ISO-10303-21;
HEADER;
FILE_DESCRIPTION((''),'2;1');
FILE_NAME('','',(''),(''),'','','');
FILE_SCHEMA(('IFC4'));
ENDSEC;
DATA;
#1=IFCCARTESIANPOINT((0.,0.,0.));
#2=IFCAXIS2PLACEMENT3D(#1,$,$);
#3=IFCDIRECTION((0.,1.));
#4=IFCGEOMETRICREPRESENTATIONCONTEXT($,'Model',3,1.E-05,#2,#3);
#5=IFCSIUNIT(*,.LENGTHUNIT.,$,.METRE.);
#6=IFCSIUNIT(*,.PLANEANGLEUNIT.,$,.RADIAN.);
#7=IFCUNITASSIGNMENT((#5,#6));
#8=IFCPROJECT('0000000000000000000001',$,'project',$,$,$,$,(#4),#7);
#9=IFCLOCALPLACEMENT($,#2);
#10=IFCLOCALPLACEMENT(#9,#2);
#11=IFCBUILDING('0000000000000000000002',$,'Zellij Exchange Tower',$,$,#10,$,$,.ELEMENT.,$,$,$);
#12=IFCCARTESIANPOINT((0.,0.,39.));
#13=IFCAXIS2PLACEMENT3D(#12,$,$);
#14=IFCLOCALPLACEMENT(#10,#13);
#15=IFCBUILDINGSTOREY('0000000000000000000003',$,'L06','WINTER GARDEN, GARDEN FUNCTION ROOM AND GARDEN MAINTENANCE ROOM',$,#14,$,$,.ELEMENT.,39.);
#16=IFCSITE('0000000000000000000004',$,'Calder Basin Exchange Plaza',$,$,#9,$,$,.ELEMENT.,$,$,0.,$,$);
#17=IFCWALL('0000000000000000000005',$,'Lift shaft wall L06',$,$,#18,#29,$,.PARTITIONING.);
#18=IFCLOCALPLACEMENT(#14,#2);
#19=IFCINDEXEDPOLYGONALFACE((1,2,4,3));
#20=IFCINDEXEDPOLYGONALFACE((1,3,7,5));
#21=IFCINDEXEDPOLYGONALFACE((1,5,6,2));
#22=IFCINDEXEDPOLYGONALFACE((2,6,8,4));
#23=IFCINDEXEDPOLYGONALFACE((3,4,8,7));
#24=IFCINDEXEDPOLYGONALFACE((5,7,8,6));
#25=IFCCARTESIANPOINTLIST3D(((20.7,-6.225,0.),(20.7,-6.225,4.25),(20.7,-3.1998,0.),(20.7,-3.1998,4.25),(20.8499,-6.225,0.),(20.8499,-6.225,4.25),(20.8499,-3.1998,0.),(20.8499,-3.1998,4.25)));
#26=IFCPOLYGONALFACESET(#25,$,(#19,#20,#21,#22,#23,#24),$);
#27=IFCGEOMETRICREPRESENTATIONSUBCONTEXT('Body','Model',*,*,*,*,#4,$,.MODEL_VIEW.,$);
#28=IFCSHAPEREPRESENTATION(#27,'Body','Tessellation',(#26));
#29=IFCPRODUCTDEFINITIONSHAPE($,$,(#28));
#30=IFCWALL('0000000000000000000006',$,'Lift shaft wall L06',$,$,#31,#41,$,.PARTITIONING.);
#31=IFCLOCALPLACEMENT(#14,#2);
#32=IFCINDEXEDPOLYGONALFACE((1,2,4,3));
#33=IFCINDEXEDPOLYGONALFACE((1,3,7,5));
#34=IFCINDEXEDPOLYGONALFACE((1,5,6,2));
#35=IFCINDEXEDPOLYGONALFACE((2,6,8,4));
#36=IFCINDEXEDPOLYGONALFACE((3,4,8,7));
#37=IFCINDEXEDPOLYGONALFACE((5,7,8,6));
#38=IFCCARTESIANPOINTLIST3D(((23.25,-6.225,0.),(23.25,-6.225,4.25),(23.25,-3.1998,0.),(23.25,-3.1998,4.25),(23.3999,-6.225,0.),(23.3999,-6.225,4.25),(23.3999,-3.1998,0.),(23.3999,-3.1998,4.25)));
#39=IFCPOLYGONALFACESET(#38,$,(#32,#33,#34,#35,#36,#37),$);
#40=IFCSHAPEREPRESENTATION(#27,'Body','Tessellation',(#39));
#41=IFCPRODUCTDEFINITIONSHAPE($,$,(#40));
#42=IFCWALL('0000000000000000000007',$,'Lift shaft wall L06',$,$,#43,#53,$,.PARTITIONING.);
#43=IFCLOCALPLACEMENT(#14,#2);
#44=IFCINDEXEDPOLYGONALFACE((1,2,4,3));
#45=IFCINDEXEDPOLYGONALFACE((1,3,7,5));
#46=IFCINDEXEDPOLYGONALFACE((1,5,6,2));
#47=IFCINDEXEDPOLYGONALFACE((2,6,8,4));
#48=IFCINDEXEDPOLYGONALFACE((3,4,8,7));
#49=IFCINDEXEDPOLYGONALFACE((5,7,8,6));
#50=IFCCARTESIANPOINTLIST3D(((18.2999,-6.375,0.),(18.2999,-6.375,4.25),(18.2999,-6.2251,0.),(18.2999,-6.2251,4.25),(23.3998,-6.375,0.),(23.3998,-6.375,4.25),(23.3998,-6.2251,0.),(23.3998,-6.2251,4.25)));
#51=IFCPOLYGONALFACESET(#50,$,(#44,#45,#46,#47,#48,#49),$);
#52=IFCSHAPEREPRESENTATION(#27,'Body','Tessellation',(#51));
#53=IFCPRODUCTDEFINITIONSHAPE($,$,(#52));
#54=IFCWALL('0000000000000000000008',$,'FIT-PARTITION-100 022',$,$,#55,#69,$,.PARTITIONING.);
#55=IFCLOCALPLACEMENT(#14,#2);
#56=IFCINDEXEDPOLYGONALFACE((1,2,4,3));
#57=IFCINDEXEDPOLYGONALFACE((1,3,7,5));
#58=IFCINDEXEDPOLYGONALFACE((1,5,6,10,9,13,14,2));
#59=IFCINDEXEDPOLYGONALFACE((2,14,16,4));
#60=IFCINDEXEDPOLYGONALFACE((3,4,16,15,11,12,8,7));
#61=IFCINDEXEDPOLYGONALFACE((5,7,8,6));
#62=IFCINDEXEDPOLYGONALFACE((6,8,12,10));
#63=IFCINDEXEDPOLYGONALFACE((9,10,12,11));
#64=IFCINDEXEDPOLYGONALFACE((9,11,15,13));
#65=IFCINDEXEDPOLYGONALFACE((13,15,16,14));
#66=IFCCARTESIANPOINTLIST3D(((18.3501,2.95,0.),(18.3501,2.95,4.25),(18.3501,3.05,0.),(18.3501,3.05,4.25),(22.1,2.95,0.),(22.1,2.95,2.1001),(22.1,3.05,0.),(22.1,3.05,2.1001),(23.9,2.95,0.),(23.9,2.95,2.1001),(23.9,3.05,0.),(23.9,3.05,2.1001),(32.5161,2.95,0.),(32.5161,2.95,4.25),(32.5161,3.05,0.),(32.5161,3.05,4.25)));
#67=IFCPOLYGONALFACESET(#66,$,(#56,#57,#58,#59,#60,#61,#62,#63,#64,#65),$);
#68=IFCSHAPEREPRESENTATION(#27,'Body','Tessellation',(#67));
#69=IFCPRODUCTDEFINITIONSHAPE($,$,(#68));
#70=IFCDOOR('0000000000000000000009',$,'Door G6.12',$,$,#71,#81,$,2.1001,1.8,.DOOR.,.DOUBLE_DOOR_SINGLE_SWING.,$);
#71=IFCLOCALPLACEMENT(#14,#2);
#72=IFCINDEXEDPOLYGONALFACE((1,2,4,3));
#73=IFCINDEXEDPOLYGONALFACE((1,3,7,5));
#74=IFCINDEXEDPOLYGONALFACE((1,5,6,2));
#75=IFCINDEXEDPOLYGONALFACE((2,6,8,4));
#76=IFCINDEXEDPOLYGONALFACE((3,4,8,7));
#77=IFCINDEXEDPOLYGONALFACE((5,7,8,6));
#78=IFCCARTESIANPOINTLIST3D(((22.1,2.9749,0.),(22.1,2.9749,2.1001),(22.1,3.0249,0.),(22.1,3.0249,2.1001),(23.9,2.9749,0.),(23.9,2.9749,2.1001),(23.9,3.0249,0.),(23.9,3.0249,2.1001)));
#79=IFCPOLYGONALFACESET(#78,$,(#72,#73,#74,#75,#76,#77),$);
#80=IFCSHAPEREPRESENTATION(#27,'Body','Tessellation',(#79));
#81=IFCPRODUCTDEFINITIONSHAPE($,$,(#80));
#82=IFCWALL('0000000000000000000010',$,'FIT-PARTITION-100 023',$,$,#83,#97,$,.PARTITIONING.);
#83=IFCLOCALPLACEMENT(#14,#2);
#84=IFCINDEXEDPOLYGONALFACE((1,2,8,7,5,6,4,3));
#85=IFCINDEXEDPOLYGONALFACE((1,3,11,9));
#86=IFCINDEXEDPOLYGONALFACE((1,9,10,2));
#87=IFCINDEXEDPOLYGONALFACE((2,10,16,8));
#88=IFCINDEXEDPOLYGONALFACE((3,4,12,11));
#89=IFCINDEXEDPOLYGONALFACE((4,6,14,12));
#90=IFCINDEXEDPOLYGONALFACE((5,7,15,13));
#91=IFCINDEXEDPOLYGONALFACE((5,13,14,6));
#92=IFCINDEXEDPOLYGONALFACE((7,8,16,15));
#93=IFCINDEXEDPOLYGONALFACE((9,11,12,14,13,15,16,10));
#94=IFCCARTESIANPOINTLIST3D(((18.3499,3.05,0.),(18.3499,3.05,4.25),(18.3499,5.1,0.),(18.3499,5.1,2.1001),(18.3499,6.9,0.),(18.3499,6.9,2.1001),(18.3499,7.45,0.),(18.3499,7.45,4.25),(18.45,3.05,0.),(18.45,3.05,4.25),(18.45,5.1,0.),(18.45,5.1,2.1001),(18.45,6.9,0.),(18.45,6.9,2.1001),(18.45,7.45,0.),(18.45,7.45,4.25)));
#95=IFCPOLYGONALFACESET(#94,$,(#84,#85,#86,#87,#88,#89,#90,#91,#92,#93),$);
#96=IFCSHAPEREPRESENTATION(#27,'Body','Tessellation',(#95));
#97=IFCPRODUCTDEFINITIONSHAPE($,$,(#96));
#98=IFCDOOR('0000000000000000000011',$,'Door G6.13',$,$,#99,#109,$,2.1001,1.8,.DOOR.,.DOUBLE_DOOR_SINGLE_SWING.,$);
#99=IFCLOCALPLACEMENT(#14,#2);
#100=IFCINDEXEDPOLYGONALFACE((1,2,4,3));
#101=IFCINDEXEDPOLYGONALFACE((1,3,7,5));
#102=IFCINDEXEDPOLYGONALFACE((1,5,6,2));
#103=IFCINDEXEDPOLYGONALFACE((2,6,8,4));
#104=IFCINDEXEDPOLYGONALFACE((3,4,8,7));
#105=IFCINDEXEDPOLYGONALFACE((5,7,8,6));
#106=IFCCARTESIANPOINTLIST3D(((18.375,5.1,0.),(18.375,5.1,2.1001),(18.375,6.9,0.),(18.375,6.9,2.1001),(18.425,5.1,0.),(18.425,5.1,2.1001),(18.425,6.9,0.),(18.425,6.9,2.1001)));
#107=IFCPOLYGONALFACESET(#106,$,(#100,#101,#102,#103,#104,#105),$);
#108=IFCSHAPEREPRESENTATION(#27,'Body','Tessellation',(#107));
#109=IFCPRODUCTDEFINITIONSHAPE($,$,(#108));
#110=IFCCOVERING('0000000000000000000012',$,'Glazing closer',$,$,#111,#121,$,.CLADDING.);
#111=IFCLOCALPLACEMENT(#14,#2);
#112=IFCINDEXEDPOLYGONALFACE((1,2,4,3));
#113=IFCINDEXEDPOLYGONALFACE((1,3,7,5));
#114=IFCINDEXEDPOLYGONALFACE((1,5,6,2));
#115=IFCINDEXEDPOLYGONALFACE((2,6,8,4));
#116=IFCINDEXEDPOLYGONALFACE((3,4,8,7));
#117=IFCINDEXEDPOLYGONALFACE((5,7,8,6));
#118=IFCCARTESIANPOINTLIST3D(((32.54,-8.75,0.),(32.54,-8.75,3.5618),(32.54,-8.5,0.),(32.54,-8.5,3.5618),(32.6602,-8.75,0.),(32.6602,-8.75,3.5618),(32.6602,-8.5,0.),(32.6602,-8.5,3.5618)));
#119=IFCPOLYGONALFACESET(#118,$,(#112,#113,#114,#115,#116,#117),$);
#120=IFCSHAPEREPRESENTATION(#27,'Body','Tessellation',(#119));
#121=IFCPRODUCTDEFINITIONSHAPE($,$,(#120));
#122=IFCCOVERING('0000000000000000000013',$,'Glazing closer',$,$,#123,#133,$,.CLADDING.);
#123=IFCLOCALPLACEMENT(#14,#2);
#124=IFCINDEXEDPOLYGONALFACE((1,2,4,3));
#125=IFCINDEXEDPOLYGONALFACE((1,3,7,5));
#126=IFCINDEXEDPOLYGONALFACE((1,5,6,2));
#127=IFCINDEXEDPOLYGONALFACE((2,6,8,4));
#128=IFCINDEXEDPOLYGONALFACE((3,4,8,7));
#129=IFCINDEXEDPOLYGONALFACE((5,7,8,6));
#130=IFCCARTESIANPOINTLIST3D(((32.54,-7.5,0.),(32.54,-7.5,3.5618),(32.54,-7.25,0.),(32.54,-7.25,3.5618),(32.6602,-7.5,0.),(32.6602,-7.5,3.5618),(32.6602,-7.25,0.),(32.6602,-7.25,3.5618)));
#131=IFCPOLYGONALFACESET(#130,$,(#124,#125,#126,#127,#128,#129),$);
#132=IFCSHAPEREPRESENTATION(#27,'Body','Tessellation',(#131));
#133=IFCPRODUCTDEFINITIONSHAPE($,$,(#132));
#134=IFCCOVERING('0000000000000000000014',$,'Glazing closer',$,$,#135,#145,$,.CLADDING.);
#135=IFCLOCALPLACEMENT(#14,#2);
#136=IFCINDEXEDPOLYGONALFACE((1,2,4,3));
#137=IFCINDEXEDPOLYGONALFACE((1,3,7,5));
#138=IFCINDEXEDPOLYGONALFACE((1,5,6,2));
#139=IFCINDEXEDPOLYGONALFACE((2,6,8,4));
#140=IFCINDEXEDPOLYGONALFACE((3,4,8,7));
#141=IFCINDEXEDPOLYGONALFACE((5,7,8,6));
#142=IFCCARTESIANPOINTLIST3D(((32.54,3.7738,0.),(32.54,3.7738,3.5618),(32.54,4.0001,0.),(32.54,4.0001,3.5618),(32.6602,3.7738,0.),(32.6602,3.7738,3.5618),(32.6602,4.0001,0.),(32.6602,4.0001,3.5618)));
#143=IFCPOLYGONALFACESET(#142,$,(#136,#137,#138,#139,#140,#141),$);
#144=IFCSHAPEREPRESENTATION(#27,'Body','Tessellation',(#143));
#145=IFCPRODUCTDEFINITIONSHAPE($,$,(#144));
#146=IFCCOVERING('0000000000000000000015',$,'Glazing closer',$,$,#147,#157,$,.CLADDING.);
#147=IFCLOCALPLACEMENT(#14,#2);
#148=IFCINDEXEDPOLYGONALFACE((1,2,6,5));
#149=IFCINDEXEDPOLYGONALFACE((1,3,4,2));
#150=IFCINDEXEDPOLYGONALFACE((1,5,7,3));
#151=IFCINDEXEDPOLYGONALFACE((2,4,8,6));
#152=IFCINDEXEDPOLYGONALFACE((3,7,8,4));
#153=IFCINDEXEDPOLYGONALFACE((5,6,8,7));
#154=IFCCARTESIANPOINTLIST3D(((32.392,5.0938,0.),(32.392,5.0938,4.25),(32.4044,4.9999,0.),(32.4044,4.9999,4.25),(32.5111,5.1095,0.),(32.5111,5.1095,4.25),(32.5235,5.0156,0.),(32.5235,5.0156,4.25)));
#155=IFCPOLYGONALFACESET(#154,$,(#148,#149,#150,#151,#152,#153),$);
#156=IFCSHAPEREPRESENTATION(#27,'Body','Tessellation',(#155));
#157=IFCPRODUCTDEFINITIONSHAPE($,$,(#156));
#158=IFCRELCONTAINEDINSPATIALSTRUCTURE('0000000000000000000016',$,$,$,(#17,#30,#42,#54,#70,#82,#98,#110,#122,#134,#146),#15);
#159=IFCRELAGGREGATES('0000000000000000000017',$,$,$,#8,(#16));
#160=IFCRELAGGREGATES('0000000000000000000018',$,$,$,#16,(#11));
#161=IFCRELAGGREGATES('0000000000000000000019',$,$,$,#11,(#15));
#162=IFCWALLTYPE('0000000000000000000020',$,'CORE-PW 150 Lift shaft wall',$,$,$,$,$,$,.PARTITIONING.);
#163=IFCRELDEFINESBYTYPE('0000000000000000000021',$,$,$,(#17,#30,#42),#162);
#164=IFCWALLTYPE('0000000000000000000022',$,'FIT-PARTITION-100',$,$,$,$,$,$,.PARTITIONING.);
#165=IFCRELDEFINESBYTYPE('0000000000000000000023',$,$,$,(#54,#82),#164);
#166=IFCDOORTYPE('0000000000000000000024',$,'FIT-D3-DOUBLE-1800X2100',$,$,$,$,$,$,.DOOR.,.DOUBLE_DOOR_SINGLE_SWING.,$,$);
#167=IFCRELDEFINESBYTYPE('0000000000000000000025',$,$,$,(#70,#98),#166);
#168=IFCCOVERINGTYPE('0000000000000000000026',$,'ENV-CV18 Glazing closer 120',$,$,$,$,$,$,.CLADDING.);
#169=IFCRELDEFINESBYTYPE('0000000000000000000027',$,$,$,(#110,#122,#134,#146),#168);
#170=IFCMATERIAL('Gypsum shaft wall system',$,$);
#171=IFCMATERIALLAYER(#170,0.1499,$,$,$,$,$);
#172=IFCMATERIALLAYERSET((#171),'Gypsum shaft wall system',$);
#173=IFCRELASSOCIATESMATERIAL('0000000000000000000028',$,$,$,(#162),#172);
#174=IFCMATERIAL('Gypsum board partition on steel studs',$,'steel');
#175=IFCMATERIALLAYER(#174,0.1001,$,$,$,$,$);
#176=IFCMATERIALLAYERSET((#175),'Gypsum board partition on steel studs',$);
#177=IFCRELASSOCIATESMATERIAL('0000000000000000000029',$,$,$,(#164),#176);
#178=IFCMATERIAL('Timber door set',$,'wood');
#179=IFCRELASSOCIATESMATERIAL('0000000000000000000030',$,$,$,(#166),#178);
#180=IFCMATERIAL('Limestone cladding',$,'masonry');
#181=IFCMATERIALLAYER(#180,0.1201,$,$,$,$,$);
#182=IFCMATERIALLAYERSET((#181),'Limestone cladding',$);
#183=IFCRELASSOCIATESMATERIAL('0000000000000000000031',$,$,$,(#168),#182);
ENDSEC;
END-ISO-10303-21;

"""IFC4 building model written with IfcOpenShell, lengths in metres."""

from ifc_helpers import new_model, si_unit, direction, frame, frame_2d, origin, origin_2d, place, context, subcontext, project, spatial, rectangle, extrude, material, layer, layer_set, type_object, element, fill, save


model = new_model("IFC4")

# Units and contexts
model_context = context("Model", 3, precision=1e-05, world=origin(), true_north=direction((0.0, 1.0)))
body_context = subcontext(model_context, "Body", "Model", "MODEL_VIEW")
ifc_project = project(units=[si_unit("LENGTHUNIT", "METRE"), si_unit("PLANEANGLEUNIT", "RADIAN")], contexts=[model_context])

# Site, building, storey
site_placement = place(None, origin())
site = spatial("IfcSite", under=ifc_project, at=site_placement, Name="Calder Basin Exchange Plaza", CompositionType="ELEMENT", RefElevation=0.0)
building_placement = place(site_placement, origin())
building = spatial("IfcBuilding", under=site, at=building_placement, Name="Zellij Exchange Tower", CompositionType="ELEMENT")
storey_placement = place(building_placement, frame((0.0, 0.0, 39.0)))
storey = spatial("IfcBuildingStorey", under=building, at=storey_placement, Name="L06", Description="WINTER GARDEN, GARDEN FUNCTION ROOM AND GARDEN MAINTENANCE ROOM", CompositionType="ELEMENT", Elevation=39.0)

# Walls
ifc_material_1 = material(Name="Gypsum shaft wall system")
ifc_layer_1 = layer(ifc_material_1, 0.1499)
ifc_layer_set_1 = layer_set([ifc_layer_1], Name="Gypsum shaft wall system")
wall_type_1 = type_object("IfcWallType", Name="CORE-PW 150 Lift shaft wall", PredefinedType="PARTITIONING", material=ifc_layer_set_1)
for number, where, z_axis, x_axis, name in (
    (1, (20.7749, -6.2251, 0.0), (0.0, 0.0, 1.0), (0.0, 1.0, 0.0), "Lift shaft wall L06"),
    (2, (23.325, -6.2251, 0.0), (0.0, 0.0, 1.0), (0.0, 1.0, 0.0), "Lift shaft wall L06"),
):
    element("IfcWall", number, at=place(storey_placement, frame(where, z_axis=z_axis, x_axis=x_axis)), inside=storey, type_object=wall_type_1, Name=name, PredefinedType="PARTITIONING", context=body_context, shape_type="SweptSolid", body=[
        extrude(rectangle(XDim=3.0251, YDim=0.1499, at=frame_2d((1.5127, 0.0))), origin(), (0.0, 0.0, 1.0), 4.25),
    ])
wall_1_placement = place(storey_placement, frame((18.3, -6.3, 0.0), z_axis=(0.0, 0.0, 1.0), x_axis=(1.0, 0.0, 0.0)))
element("IfcWall", 3, at=wall_1_placement, inside=storey, type_object=wall_type_1, Name="Lift shaft wall L06", PredefinedType="PARTITIONING", context=body_context, shape_type="SweptSolid", body=[
    extrude(rectangle(XDim=5.0999, YDim=0.1499, at=frame_2d((2.5498, 0.0))), origin(), (0.0, 0.0, 1.0), 4.25),
])

# Walls, openings, doors
ifc_material_2 = material(Name="Gypsum board partition on steel studs", Category="steel")
ifc_layer_2 = layer(ifc_material_2, 0.1001)
ifc_layer_set_2 = layer_set([ifc_layer_2], Name="Gypsum board partition on steel studs")
wall_type_2 = type_object("IfcWallType", Name="FIT-PARTITION-100", PredefinedType="PARTITIONING", material=ifc_layer_set_2)
wall_2_placement = place(storey_placement, frame((18.3501, 3.0, 0.0), z_axis=(0.0, 0.0, 1.0), x_axis=(1.0, 0.0, 0.0)))
wall_2 = element("IfcWall", 4, at=wall_2_placement, inside=storey, type_object=wall_type_2, Name="FIT-PARTITION-100 022", PredefinedType="PARTITIONING", context=body_context, shape_type="SweptSolid", body=[
    extrude(rectangle(XDim=14.166, YDim=0.1001, at=frame_2d((7.083, 0.0))), origin(), (0.0, 0.0, 1.0), 4.25),
])
opening_1_placement = place(wall_2_placement, frame((3.75, 0.0, 0.0)))
opening_1 = element("IfcOpeningElement", 5, at=opening_1_placement, cuts=wall_2, PredefinedType="OPENING", context=body_context, shape_type="SweptSolid", body=[
    extrude(rectangle(XDim=1.8, YDim=2.1001, at=frame_2d((0.8999, 1.05))), frame((0.0, 0.062, 0.0), z_axis=(0.0, -1.0, 0.0), x_axis=(1.0, 0.0, 0.0)), (0.0, 0.0, 1.0), 0.124),
])
ifc_material_3 = material(Name="Timber door set", Category="wood")
door_type = type_object("IfcDoorType", Name="FIT-D3-DOUBLE-1800X2100", OperationType="DOUBLE_DOOR_SINGLE_SWING", PredefinedType="DOOR", material=ifc_material_3)
door_1_placement = place(opening_1_placement, origin())
door_1 = element("IfcDoor", 6, at=door_1_placement, inside=storey, type_object=door_type, Name="Door G6.12", OperationType="DOUBLE_DOOR_SINGLE_SWING", OverallHeight=2.1001, OverallWidth=1.8, PredefinedType="DOOR", context=body_context, shape_type="SweptSolid", body=[
    extrude(rectangle(XDim=1.8, YDim=2.1001, at=frame_2d((0.8999, 1.05))), frame((0.0, 0.0249, 0.0), z_axis=(0.0, -1.0, 0.0), x_axis=(1.0, 0.0, 0.0)), (0.0, 0.0, 1.0), 0.05),
])
fill(opening_1, door_1)
wall_3_placement = place(storey_placement, frame((18.3999, 3.05, 0.0), z_axis=(0.0, 0.0, 1.0), x_axis=(0.0, 1.0, 0.0)))
wall_3 = element("IfcWall", 7, at=wall_3_placement, inside=storey, type_object=wall_type_2, Name="FIT-PARTITION-100 023", PredefinedType="PARTITIONING", context=body_context, shape_type="SweptSolid", body=[
    extrude(rectangle(XDim=4.3999, YDim=0.1001, at=frame_2d((2.2, 0.0))), origin(), (0.0, 0.0, 1.0), 4.25),
])
opening_2_placement = place(wall_3_placement, frame((2.05, 0.0, 0.0)))
opening_2 = element("IfcOpeningElement", 8, at=opening_2_placement, cuts=wall_3, PredefinedType="OPENING", context=body_context, shape_type="SweptSolid", body=[
    extrude(rectangle(XDim=1.8, YDim=2.1001, at=frame_2d((0.8999, 1.05))), frame((0.0, 0.062, 0.0), z_axis=(0.0, -1.0, 0.0), x_axis=(1.0, 0.0, 0.0)), (0.0, 0.0, 1.0), 0.124),
])
door_2_placement = place(opening_2_placement, origin())
door_2 = element("IfcDoor", 9, at=door_2_placement, inside=storey, type_object=door_type, Name="Door G6.13", OperationType="DOUBLE_DOOR_SINGLE_SWING", OverallHeight=2.1001, OverallWidth=1.8, PredefinedType="DOOR", context=body_context, shape_type="SweptSolid", body=[
    extrude(rectangle(XDim=1.8, YDim=2.1001, at=frame_2d((0.8999, 1.05))), frame((0.0, 0.0249, 0.0), z_axis=(0.0, -1.0, 0.0), x_axis=(1.0, 0.0, 0.0)), (0.0, 0.0, 1.0), 0.05),
])
fill(opening_2, door_2)

# Coverings
ifc_material_4 = material(Name="Limestone cladding", Category="masonry")
ifc_layer_3 = layer(ifc_material_4, 0.1201)
ifc_layer_set_3 = layer_set([ifc_layer_3], Name="Limestone cladding")
covering_type = type_object("IfcCoveringType", Name="ENV-CV18 Glazing closer 120", PredefinedType="CLADDING", material=ifc_layer_set_3)
for number, where, z_axis, x_axis, name in (
    (10, (32.6001, -8.625, 0.0), (0.0, 0.0, 1.0), (0.0, 1.0, 0.0), "Glazing closer"),
    (11, (32.6001, -7.375, 0.0), (0.0, 0.0, 1.0), (0.0, -1.0, 0.0), "Glazing closer"),
):
    element("IfcCovering", number, at=place(storey_placement, frame(where, z_axis=z_axis, x_axis=x_axis)), inside=storey, type_object=covering_type, Name=name, PredefinedType="CLADDING", context=body_context, shape_type="SweptSolid", body=[
        extrude(rectangle(XDim=0.25, YDim=0.1201, at=origin_2d()), origin(), (0.0, 0.0, 1.0), 3.5618),
    ])
covering_1_placement = place(storey_placement, frame((32.6001, 3.887, 0.0), z_axis=(0.0, 0.0, 1.0), x_axis=(0.0, 1.0, 0.0)))
element("IfcCovering", 12, at=covering_1_placement, inside=storey, type_object=covering_type, Name="Glazing closer", PredefinedType="CLADDING", context=body_context, shape_type="SweptSolid", body=[
    extrude(rectangle(XDim=0.2263, YDim=0.1201, at=origin_2d()), origin(), (0.0, 0.0, 1.0), 3.5618),
])
covering_2_placement = place(storey_placement, frame((32.4578, 5.0547, 0.0), z_axis=(0.0, 0.0, 1.0), x_axis=(0.130499, -0.991449, 0.0)))
element("IfcCovering", 13, at=covering_2_placement, inside=storey, type_object=covering_type, Name="Glazing closer", PredefinedType="CLADDING", context=body_context, shape_type="SweptSolid", body=[
    extrude(rectangle(XDim=0.0947, YDim=0.1201, at=origin_2d()), origin(), (0.0, 0.0, 1.0), 4.25),
])

save(model, "model.ifc")
